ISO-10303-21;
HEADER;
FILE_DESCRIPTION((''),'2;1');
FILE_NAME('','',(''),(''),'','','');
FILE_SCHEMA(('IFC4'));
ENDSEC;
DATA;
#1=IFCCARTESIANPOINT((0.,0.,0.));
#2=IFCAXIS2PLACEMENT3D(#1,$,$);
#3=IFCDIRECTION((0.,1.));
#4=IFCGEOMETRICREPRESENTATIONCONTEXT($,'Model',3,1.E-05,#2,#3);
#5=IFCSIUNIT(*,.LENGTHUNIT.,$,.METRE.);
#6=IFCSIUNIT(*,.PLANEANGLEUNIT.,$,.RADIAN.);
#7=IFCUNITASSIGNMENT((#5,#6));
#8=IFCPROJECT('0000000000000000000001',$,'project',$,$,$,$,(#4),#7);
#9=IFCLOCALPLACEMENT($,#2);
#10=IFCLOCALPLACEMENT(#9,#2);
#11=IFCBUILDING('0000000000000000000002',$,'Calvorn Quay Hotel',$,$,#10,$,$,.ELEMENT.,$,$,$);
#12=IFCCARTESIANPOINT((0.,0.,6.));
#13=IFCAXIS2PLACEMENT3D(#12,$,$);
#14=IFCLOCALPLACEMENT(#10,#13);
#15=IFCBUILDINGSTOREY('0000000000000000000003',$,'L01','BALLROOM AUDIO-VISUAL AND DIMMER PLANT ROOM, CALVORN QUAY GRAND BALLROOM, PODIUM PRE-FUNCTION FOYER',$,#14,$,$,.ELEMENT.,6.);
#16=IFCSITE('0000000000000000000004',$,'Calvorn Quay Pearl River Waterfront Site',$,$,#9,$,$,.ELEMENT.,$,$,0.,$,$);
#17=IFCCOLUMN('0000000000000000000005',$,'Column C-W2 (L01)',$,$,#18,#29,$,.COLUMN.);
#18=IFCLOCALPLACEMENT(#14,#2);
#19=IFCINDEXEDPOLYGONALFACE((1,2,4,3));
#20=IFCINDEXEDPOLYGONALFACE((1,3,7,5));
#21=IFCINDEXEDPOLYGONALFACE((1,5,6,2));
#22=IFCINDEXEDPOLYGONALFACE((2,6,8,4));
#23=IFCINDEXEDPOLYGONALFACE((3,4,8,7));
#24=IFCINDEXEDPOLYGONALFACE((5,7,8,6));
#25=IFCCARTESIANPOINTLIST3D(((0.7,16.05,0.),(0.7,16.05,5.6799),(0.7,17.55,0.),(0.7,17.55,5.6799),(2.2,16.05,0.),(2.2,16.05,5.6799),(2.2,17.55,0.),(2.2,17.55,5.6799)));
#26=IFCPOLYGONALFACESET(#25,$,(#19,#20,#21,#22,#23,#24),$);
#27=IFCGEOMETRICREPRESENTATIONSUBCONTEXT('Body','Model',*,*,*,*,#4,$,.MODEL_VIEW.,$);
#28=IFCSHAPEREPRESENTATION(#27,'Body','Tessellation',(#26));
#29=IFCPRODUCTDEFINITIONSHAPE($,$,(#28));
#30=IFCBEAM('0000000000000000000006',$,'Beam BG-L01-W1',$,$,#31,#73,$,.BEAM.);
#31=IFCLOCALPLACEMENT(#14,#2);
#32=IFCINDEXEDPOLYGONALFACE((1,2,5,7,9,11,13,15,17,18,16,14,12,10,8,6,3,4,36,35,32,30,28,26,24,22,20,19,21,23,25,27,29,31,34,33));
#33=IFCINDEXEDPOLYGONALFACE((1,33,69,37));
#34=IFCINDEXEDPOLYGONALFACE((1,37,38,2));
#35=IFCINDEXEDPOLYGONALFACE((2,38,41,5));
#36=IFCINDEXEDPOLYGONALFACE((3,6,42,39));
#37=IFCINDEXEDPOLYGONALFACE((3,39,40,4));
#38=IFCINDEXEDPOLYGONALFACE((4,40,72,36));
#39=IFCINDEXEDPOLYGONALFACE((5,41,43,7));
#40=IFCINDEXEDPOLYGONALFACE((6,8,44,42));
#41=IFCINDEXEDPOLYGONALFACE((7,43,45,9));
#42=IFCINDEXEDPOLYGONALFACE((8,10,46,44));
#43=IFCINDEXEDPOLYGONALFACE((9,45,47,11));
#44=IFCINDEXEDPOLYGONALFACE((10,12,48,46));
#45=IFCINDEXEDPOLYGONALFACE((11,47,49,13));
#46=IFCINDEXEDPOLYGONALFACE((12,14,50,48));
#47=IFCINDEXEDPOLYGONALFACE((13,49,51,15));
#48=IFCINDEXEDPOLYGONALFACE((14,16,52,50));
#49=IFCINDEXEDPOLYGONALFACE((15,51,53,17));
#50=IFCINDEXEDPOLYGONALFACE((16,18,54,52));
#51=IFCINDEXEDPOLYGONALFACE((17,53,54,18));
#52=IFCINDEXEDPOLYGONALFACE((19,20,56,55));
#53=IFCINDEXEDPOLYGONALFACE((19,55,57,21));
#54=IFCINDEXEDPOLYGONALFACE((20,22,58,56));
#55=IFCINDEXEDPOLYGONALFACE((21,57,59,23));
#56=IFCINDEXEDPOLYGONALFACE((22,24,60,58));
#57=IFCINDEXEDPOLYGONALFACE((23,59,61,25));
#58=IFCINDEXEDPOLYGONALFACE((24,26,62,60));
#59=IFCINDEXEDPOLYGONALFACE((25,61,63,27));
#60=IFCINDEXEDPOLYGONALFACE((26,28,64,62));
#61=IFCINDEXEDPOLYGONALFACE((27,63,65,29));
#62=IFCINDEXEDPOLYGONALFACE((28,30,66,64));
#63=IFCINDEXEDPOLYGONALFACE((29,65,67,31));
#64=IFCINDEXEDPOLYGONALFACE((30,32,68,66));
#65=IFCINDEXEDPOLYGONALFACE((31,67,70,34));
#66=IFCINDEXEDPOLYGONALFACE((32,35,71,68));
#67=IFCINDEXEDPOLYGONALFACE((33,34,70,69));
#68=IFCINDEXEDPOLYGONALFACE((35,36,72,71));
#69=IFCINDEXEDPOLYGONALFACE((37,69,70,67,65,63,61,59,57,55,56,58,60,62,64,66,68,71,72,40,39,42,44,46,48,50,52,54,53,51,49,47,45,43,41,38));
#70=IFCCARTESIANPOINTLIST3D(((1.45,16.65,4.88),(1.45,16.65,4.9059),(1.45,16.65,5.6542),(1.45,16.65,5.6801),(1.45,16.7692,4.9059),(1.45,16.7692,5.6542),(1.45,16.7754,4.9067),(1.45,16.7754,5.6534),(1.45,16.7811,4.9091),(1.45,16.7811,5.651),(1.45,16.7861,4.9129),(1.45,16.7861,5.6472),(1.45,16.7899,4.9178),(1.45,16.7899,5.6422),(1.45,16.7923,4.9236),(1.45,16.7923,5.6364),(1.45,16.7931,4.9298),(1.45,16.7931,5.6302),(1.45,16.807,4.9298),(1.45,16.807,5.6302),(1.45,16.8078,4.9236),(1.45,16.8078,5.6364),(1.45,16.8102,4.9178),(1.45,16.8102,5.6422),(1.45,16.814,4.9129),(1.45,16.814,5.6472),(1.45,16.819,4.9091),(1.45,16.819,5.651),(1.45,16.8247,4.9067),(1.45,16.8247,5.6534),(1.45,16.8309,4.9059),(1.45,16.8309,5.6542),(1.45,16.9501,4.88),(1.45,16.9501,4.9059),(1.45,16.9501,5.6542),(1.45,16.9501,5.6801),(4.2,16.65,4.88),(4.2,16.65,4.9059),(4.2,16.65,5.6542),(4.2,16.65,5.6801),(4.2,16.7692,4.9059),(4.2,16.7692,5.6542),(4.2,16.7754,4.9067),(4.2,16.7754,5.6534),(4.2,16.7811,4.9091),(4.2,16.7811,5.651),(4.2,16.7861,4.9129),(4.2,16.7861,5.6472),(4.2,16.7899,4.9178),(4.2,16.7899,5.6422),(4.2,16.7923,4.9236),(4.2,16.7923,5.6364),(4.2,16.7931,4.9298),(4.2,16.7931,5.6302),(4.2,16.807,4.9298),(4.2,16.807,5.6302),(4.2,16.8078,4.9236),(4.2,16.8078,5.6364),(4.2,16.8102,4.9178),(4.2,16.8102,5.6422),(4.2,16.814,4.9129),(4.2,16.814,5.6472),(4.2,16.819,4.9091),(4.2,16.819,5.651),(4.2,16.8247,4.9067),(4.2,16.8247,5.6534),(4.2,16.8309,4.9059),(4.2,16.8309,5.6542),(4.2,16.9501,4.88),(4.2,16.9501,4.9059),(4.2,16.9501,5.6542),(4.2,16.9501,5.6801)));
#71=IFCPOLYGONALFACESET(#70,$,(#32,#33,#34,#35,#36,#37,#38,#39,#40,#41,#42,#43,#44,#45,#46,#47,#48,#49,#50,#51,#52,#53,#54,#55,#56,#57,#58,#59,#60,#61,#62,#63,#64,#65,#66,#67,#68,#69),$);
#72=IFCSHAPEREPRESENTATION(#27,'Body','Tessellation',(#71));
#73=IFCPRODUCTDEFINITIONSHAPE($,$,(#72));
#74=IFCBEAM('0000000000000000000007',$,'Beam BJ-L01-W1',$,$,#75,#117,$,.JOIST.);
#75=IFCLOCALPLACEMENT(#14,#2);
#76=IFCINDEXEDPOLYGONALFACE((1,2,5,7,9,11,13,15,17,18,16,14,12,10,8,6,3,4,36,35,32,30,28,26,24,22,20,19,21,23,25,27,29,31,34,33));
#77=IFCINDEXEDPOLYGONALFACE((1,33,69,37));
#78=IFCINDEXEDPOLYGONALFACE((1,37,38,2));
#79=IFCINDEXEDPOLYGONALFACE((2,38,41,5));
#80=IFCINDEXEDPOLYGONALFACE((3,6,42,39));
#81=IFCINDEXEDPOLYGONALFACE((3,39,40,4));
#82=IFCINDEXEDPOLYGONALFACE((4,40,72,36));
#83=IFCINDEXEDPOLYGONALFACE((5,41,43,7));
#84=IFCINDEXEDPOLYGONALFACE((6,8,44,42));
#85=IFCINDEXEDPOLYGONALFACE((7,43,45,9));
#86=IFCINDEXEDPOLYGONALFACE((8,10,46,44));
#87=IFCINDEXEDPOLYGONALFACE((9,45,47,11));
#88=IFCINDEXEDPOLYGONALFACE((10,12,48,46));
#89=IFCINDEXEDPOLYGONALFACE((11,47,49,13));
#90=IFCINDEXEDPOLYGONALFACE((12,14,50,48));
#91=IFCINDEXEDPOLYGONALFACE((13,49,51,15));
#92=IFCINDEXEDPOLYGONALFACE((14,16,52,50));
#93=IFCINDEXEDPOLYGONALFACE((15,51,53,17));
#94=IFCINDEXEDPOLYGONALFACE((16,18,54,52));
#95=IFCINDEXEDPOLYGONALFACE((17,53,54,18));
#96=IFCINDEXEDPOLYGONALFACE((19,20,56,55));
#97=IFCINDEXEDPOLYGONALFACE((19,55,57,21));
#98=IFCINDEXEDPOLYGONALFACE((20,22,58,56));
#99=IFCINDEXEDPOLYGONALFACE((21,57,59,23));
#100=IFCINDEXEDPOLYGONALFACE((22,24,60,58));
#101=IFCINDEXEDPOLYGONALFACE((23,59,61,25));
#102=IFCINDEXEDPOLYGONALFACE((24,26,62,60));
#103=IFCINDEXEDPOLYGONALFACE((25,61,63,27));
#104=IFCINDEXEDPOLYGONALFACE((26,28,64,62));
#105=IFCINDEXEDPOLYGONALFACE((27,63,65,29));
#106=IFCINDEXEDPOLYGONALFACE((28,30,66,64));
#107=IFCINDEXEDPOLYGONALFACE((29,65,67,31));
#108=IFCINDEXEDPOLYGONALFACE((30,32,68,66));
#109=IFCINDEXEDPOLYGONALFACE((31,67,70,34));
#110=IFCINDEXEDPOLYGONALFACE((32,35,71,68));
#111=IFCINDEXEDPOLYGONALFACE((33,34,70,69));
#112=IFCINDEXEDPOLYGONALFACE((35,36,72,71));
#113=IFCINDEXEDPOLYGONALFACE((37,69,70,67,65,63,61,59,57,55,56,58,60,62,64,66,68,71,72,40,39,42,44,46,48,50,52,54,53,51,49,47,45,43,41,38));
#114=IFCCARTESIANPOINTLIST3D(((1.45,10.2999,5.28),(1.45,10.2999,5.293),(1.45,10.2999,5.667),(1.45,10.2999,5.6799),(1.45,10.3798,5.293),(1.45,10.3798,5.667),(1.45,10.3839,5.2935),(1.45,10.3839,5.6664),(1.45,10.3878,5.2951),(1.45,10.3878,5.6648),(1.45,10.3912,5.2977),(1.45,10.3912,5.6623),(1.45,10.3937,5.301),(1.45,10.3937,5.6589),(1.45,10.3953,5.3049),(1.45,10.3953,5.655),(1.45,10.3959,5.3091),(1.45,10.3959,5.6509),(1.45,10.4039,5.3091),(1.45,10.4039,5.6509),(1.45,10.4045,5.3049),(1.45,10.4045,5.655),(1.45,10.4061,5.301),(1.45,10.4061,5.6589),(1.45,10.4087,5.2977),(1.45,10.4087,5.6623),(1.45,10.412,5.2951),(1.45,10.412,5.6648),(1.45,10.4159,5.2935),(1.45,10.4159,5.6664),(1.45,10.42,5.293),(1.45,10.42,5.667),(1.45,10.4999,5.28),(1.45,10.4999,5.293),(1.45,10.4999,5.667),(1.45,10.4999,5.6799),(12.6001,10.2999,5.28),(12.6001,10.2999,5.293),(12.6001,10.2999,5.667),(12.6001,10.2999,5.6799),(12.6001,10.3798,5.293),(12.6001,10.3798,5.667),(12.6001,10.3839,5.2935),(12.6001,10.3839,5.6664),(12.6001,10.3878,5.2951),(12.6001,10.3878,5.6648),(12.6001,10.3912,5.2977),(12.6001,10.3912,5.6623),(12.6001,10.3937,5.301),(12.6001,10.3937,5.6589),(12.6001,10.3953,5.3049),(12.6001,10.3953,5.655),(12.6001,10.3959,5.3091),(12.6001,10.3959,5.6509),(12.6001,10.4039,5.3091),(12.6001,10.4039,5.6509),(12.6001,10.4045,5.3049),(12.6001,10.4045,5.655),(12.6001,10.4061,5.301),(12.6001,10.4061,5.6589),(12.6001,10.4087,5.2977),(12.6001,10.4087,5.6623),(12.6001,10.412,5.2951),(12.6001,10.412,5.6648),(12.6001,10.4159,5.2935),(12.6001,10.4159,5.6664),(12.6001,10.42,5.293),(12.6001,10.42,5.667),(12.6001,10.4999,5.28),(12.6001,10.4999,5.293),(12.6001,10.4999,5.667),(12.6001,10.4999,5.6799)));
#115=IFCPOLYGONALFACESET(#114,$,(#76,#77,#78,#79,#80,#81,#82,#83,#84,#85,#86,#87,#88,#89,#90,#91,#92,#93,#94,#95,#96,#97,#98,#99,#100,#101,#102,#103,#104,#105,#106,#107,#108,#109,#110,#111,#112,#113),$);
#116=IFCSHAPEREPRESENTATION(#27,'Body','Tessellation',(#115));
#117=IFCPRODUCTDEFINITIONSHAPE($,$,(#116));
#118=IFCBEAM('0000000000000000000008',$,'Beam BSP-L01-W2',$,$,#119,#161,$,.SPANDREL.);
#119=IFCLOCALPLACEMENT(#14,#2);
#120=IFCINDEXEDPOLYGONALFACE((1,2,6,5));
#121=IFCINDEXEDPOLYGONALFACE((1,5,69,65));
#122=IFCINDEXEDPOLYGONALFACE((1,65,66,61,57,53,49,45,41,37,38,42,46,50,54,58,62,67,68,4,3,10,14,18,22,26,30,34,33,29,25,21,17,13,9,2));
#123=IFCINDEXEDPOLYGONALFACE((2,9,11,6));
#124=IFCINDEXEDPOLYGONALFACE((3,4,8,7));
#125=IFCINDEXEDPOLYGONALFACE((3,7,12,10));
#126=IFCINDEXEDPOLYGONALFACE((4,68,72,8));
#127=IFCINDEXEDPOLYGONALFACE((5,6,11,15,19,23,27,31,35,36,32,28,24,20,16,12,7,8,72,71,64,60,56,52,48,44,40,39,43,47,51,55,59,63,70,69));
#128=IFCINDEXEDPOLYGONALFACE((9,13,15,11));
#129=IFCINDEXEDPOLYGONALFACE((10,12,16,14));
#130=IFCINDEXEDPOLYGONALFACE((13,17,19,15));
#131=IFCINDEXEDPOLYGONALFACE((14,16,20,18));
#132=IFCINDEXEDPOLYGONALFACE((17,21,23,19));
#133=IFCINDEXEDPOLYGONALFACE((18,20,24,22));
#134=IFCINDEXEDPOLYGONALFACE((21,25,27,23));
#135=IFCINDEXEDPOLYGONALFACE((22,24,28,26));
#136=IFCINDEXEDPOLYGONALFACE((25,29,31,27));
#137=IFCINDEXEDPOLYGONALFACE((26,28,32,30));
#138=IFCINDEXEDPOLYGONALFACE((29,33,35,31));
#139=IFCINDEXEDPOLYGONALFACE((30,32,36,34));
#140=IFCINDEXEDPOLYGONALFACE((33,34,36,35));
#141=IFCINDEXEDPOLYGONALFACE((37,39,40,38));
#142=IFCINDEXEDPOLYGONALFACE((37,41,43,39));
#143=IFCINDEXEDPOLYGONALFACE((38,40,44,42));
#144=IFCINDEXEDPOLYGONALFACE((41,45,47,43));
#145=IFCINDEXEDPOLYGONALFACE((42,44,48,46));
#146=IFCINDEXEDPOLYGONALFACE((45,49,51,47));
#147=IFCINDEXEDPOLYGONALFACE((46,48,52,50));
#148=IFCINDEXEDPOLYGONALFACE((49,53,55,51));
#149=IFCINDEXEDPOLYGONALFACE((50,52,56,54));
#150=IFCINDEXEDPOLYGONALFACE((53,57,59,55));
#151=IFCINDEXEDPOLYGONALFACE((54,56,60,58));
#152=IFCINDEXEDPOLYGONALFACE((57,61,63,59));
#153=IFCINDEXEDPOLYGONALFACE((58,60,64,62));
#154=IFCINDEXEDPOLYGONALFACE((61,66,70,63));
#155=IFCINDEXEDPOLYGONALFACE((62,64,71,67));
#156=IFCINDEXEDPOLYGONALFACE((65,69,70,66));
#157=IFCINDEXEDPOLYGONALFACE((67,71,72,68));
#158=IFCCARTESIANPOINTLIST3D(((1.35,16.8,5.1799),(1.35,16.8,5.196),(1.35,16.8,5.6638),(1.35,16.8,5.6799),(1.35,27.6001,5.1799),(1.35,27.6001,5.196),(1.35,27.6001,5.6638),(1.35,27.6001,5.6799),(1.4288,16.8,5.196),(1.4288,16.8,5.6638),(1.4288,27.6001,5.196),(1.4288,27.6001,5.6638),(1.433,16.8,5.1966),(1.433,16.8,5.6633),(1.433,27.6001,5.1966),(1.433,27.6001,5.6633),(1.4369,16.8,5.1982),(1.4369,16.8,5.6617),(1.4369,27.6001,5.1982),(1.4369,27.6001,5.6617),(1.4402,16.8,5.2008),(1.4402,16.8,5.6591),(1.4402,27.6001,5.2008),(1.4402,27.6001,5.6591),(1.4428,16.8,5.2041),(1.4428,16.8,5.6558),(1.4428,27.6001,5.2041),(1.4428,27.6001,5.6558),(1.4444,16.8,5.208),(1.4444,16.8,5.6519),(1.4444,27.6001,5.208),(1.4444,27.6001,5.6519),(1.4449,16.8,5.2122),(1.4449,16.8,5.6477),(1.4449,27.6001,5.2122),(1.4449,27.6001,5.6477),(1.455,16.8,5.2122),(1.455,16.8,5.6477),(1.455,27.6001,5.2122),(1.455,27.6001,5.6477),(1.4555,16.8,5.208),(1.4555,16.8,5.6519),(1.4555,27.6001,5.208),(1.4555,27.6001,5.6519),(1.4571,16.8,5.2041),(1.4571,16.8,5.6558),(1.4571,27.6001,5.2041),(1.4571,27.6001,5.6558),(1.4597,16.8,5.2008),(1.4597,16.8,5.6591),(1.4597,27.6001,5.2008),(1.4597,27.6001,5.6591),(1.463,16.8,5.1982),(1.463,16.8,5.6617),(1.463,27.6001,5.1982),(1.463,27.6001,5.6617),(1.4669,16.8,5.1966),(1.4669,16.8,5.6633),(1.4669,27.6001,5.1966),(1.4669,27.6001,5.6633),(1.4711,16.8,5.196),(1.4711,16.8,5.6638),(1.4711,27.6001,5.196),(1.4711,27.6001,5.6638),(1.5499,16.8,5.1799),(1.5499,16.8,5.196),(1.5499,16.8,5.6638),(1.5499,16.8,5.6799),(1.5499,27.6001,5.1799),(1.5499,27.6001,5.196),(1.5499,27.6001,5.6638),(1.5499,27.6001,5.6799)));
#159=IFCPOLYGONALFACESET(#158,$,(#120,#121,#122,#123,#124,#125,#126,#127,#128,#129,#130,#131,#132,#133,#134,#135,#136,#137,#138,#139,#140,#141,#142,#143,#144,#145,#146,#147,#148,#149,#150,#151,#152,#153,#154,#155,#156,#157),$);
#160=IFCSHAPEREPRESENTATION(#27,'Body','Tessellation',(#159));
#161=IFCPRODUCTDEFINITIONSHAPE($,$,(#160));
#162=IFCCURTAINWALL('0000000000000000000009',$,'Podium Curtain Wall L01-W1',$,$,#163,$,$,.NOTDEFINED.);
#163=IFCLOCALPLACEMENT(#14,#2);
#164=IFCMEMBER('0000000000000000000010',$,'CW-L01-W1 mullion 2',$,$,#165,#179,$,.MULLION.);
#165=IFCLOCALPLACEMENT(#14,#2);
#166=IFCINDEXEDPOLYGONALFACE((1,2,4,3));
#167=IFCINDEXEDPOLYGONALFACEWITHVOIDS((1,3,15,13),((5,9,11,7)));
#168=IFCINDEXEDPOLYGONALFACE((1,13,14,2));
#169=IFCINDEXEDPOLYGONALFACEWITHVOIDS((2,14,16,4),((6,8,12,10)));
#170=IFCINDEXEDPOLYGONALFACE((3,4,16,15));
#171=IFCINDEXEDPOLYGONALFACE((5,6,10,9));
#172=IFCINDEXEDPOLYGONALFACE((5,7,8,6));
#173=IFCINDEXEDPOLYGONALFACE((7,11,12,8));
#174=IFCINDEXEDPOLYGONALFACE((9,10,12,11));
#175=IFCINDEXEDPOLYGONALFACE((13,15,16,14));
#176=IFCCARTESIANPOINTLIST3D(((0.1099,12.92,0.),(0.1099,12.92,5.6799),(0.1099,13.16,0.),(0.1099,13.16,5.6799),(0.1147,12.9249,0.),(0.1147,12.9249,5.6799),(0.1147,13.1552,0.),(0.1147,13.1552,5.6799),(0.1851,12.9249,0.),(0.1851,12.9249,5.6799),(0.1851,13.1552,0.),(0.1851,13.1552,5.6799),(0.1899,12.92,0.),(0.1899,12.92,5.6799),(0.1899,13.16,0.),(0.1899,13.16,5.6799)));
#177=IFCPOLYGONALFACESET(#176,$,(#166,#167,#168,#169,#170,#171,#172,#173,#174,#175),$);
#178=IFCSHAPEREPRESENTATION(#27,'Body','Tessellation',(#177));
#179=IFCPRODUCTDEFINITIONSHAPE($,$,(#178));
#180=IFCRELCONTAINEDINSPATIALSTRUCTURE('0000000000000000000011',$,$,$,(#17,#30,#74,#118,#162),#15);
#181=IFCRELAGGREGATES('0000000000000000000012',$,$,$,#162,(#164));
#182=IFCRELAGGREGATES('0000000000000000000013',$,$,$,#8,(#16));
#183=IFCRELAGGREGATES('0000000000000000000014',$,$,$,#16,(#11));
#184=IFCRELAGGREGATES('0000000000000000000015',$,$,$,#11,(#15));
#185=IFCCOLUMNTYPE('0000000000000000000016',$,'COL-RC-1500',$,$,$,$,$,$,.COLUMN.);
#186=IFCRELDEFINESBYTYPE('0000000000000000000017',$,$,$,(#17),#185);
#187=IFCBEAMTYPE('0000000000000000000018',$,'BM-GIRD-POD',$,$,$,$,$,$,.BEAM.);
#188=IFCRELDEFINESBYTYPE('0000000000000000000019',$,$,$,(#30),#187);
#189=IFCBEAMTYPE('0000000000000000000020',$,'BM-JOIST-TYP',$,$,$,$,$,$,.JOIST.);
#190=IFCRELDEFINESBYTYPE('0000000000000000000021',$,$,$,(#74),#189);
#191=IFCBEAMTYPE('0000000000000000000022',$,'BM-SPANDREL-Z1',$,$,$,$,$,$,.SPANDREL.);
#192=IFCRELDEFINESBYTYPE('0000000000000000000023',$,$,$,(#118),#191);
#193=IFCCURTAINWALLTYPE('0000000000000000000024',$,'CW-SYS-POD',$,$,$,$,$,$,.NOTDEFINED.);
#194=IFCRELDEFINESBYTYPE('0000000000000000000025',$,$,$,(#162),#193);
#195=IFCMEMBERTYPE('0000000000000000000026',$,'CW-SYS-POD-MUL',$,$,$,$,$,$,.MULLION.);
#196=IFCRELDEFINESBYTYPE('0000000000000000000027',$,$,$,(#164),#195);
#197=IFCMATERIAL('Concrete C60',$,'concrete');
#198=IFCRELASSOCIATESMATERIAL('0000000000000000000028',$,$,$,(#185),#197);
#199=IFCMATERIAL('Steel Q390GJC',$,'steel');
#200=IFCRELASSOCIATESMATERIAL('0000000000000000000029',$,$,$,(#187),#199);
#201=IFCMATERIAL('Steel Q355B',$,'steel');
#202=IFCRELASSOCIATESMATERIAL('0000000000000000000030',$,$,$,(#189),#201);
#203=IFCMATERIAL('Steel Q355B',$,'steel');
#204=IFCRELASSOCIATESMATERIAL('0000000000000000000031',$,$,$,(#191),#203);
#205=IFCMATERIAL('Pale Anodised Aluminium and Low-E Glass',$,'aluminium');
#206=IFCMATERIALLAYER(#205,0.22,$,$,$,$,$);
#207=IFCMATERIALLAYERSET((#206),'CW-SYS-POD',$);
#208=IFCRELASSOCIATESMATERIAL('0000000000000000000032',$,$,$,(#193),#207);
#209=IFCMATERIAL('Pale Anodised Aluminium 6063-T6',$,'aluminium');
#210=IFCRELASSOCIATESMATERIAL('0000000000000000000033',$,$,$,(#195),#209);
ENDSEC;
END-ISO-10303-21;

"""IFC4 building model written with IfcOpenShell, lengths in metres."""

from ifc_helpers import new_model, si_unit, direction, frame, origin, origin_2d, place, context, subcontext, project, spatial, rectangle, hollow_rectangle, i_section, extrude, material, layer, layer_set, material_profile, profile_set, type_object, element, aggregate, save


model = new_model("IFC4")

# Units and contexts
model_context = context("Model", 3, precision=1e-05, world=origin(), true_north=direction((0.0, 1.0)))
body_context = subcontext(model_context, "Body", "Model", "MODEL_VIEW")
ifc_project = project(units=[si_unit("LENGTHUNIT", "METRE"), si_unit("PLANEANGLEUNIT", "RADIAN")], contexts=[model_context])

# Site, building, storey
site_placement = place(None, origin())
site = spatial("IfcSite", under=ifc_project, at=site_placement, Name="Calvorn Quay Pearl River Waterfront Site", CompositionType="ELEMENT", RefElevation=0.0)
building_placement = place(site_placement, origin())
building = spatial("IfcBuilding", under=site, at=building_placement, Name="Calvorn Quay Hotel", CompositionType="ELEMENT")
storey_placement = place(building_placement, frame((0.0, 0.0, 6.0)))
storey = spatial("IfcBuildingStorey", under=building, at=storey_placement, Name="L01", Description="BALLROOM AUDIO-VISUAL AND DIMMER PLANT ROOM, CALVORN QUAY GRAND BALLROOM, PODIUM PRE-FUNCTION FOYER", CompositionType="ELEMENT", Elevation=6.0)

# Column
ifc_material_1 = material(Name="Concrete C60", Category="concrete")
ifc_material_profile_1 = material_profile(ifc_material_1, rectangle(XDim=1.5, YDim=1.5, at=origin_2d()), Name="RC1500x1500")
ifc_profile_set_1 = profile_set([ifc_material_profile_1], Name="Concrete C60")
column_type = type_object("IfcColumnType", Name="COL-RC-1500", PredefinedType="COLUMN", material=ifc_profile_set_1)
column_placement = place(storey_placement, frame((1.45, 16.8, 0.0), z_axis=(0.0, 0.0, 1.0), x_axis=(1.0, 0.0, 0.0)))
element("IfcColumn", 1, at=column_placement, inside=storey, type_object=column_type, Name="Column C-W2 (L01)", PredefinedType="COLUMN", context=body_context, shape_type="SweptSolid", body=[
    extrude(rectangle(XDim=1.5, YDim=1.5, at=origin_2d()), origin(), (0.0, 0.0, 1.0), 5.6799),
])

# Beams
ifc_material_2 = material(Name="Steel Q390GJC", Category="steel")
ifc_material_profile_2 = material_profile(ifc_material_2, i_section(OverallWidth=0.3, OverallDepth=0.8, WebThickness=0.0139, FlangeThickness=0.0259, FilletRadius=0.0239, at=origin_2d()), Name="HN800x300x14x26")
ifc_profile_set_2 = profile_set([ifc_material_profile_2], Name="Steel Q390GJC")
beam_type_1 = type_object("IfcBeamType", Name="BM-GIRD-POD", PredefinedType="BEAM", material=ifc_profile_set_2)
beam_1_placement = place(storey_placement, frame((1.45, 16.8, 5.28), z_axis=(1.0, 0.0, 0.0), x_axis=(0.0, 1.0, 0.0)))
element("IfcBeam", 2, at=beam_1_placement, inside=storey, type_object=beam_type_1, Name="Beam BG-L01-W1", PredefinedType="BEAM", context=body_context, shape_type="SweptSolid", body=[
    extrude(i_section(OverallWidth=0.3, OverallDepth=0.8, WebThickness=0.0139, FlangeThickness=0.0259, FilletRadius=0.0239, at=origin_2d()), origin(), (0.0, 0.0, 1.0), 2.75),
])
ifc_material_3 = material(Name="Steel Q355B", Category="steel")
ifc_material_profile_3 = material_profile(ifc_material_3, i_section(OverallWidth=0.2, OverallDepth=0.3999, WebThickness=0.0081, FlangeThickness=0.0129, FilletRadius=0.0161, at=origin_2d()), Name="HN400x200x8x13")
ifc_profile_set_3 = profile_set([ifc_material_profile_3], Name="Steel Q355B")
beam_type_2 = type_object("IfcBeamType", Name="BM-JOIST-TYP", PredefinedType="JOIST", material=ifc_profile_set_3)
beam_2_placement = place(storey_placement, frame((1.45, 10.3999, 5.48), z_axis=(1.0, 0.0, 0.0), x_axis=(0.0, 1.0, 0.0)))
element("IfcBeam", 3, at=beam_2_placement, inside=storey, type_object=beam_type_2, Name="Beam BJ-L01-W1", PredefinedType="JOIST", context=body_context, shape_type="SweptSolid", body=[
    extrude(i_section(OverallWidth=0.2, OverallDepth=0.3999, WebThickness=0.0081, FlangeThickness=0.0129, FilletRadius=0.0161, at=origin_2d()), origin(), (0.0, 0.0, 1.0), 11.1501),
])
ifc_material_4 = material(Name="Steel Q355B", Category="steel")
ifc_material_profile_4 = material_profile(ifc_material_4, i_section(OverallWidth=0.2, OverallDepth=0.5, WebThickness=0.01, FlangeThickness=0.0161, FilletRadius=0.0161, at=origin_2d()), Name="HN500x200x10x16")
ifc_profile_set_4 = profile_set([ifc_material_profile_4], Name="Steel Q355B")
beam_type_3 = type_object("IfcBeamType", Name="BM-SPANDREL-Z1", PredefinedType="SPANDREL", material=ifc_profile_set_4)
beam_3_placement = place(storey_placement, frame((1.45, 16.8, 5.4299), z_axis=(0.0, 1.0, 0.0), x_axis=(-1.0, 0.0, 0.0)))
element("IfcBeam", 4, at=beam_3_placement, inside=storey, type_object=beam_type_3, Name="Beam BSP-L01-W2", PredefinedType="SPANDREL", context=body_context, shape_type="SweptSolid", body=[
    extrude(i_section(OverallWidth=0.2, OverallDepth=0.5, WebThickness=0.01, FlangeThickness=0.0161, FilletRadius=0.0161, at=origin_2d()), origin(), (0.0, 0.0, 1.0), 10.8),
])

# Curtain wall, member
ifc_material_5 = material(Name="Pale Anodised Aluminium and Low-E Glass", Category="aluminium")
ifc_layer_1 = layer(ifc_material_5, 0.22)
ifc_layer_set_1 = layer_set([ifc_layer_1], Name="CW-SYS-POD")
curtain_wall_type = type_object("IfcCurtainWallType", Name="CW-SYS-POD", PredefinedType="NOTDEFINED", material=ifc_layer_set_1)
curtain_wall_placement = place(storey_placement, origin())
curtain_wall = element("IfcCurtainWall", 5, at=curtain_wall_placement, inside=storey, type_object=curtain_wall_type, Name="Podium Curtain Wall L01-W1", PredefinedType="NOTDEFINED")
ifc_material_6 = material(Name="Pale Anodised Aluminium 6063-T6", Category="aluminium")
ifc_material_profile_5 = material_profile(ifc_material_6, hollow_rectangle(XDim=0.0801, YDim=0.24, WallThickness=0.0049, at=origin_2d()), Name="ALU-M240x80x5")
ifc_profile_set_5 = profile_set([ifc_material_profile_5], Name="Pale Anodised Aluminium 6063-T6")
member_type_1 = type_object("IfcMemberType", Name="CW-SYS-POD-MUL", PredefinedType="MULLION", material=ifc_profile_set_5)
member_1_placement = place(storey_placement, frame((0.1499, 13.04, 0.0), z_axis=(0.0, 0.0, 1.0), x_axis=(-1.0, 0.0, 0.0)))
member_1 = element("IfcMember", 6, at=member_1_placement, type_object=member_type_1, Name="CW-L01-W1 mullion 2", PredefinedType="MULLION", context=body_context, shape_type="SweptSolid", body=[
    extrude(hollow_rectangle(XDim=0.0801, YDim=0.24, WallThickness=0.0049, at=origin_2d()), origin(), (0.0, 0.0, 1.0), 5.6799),
])
aggregate(curtain_wall, [member_1])

save(model, "model.ifc")
